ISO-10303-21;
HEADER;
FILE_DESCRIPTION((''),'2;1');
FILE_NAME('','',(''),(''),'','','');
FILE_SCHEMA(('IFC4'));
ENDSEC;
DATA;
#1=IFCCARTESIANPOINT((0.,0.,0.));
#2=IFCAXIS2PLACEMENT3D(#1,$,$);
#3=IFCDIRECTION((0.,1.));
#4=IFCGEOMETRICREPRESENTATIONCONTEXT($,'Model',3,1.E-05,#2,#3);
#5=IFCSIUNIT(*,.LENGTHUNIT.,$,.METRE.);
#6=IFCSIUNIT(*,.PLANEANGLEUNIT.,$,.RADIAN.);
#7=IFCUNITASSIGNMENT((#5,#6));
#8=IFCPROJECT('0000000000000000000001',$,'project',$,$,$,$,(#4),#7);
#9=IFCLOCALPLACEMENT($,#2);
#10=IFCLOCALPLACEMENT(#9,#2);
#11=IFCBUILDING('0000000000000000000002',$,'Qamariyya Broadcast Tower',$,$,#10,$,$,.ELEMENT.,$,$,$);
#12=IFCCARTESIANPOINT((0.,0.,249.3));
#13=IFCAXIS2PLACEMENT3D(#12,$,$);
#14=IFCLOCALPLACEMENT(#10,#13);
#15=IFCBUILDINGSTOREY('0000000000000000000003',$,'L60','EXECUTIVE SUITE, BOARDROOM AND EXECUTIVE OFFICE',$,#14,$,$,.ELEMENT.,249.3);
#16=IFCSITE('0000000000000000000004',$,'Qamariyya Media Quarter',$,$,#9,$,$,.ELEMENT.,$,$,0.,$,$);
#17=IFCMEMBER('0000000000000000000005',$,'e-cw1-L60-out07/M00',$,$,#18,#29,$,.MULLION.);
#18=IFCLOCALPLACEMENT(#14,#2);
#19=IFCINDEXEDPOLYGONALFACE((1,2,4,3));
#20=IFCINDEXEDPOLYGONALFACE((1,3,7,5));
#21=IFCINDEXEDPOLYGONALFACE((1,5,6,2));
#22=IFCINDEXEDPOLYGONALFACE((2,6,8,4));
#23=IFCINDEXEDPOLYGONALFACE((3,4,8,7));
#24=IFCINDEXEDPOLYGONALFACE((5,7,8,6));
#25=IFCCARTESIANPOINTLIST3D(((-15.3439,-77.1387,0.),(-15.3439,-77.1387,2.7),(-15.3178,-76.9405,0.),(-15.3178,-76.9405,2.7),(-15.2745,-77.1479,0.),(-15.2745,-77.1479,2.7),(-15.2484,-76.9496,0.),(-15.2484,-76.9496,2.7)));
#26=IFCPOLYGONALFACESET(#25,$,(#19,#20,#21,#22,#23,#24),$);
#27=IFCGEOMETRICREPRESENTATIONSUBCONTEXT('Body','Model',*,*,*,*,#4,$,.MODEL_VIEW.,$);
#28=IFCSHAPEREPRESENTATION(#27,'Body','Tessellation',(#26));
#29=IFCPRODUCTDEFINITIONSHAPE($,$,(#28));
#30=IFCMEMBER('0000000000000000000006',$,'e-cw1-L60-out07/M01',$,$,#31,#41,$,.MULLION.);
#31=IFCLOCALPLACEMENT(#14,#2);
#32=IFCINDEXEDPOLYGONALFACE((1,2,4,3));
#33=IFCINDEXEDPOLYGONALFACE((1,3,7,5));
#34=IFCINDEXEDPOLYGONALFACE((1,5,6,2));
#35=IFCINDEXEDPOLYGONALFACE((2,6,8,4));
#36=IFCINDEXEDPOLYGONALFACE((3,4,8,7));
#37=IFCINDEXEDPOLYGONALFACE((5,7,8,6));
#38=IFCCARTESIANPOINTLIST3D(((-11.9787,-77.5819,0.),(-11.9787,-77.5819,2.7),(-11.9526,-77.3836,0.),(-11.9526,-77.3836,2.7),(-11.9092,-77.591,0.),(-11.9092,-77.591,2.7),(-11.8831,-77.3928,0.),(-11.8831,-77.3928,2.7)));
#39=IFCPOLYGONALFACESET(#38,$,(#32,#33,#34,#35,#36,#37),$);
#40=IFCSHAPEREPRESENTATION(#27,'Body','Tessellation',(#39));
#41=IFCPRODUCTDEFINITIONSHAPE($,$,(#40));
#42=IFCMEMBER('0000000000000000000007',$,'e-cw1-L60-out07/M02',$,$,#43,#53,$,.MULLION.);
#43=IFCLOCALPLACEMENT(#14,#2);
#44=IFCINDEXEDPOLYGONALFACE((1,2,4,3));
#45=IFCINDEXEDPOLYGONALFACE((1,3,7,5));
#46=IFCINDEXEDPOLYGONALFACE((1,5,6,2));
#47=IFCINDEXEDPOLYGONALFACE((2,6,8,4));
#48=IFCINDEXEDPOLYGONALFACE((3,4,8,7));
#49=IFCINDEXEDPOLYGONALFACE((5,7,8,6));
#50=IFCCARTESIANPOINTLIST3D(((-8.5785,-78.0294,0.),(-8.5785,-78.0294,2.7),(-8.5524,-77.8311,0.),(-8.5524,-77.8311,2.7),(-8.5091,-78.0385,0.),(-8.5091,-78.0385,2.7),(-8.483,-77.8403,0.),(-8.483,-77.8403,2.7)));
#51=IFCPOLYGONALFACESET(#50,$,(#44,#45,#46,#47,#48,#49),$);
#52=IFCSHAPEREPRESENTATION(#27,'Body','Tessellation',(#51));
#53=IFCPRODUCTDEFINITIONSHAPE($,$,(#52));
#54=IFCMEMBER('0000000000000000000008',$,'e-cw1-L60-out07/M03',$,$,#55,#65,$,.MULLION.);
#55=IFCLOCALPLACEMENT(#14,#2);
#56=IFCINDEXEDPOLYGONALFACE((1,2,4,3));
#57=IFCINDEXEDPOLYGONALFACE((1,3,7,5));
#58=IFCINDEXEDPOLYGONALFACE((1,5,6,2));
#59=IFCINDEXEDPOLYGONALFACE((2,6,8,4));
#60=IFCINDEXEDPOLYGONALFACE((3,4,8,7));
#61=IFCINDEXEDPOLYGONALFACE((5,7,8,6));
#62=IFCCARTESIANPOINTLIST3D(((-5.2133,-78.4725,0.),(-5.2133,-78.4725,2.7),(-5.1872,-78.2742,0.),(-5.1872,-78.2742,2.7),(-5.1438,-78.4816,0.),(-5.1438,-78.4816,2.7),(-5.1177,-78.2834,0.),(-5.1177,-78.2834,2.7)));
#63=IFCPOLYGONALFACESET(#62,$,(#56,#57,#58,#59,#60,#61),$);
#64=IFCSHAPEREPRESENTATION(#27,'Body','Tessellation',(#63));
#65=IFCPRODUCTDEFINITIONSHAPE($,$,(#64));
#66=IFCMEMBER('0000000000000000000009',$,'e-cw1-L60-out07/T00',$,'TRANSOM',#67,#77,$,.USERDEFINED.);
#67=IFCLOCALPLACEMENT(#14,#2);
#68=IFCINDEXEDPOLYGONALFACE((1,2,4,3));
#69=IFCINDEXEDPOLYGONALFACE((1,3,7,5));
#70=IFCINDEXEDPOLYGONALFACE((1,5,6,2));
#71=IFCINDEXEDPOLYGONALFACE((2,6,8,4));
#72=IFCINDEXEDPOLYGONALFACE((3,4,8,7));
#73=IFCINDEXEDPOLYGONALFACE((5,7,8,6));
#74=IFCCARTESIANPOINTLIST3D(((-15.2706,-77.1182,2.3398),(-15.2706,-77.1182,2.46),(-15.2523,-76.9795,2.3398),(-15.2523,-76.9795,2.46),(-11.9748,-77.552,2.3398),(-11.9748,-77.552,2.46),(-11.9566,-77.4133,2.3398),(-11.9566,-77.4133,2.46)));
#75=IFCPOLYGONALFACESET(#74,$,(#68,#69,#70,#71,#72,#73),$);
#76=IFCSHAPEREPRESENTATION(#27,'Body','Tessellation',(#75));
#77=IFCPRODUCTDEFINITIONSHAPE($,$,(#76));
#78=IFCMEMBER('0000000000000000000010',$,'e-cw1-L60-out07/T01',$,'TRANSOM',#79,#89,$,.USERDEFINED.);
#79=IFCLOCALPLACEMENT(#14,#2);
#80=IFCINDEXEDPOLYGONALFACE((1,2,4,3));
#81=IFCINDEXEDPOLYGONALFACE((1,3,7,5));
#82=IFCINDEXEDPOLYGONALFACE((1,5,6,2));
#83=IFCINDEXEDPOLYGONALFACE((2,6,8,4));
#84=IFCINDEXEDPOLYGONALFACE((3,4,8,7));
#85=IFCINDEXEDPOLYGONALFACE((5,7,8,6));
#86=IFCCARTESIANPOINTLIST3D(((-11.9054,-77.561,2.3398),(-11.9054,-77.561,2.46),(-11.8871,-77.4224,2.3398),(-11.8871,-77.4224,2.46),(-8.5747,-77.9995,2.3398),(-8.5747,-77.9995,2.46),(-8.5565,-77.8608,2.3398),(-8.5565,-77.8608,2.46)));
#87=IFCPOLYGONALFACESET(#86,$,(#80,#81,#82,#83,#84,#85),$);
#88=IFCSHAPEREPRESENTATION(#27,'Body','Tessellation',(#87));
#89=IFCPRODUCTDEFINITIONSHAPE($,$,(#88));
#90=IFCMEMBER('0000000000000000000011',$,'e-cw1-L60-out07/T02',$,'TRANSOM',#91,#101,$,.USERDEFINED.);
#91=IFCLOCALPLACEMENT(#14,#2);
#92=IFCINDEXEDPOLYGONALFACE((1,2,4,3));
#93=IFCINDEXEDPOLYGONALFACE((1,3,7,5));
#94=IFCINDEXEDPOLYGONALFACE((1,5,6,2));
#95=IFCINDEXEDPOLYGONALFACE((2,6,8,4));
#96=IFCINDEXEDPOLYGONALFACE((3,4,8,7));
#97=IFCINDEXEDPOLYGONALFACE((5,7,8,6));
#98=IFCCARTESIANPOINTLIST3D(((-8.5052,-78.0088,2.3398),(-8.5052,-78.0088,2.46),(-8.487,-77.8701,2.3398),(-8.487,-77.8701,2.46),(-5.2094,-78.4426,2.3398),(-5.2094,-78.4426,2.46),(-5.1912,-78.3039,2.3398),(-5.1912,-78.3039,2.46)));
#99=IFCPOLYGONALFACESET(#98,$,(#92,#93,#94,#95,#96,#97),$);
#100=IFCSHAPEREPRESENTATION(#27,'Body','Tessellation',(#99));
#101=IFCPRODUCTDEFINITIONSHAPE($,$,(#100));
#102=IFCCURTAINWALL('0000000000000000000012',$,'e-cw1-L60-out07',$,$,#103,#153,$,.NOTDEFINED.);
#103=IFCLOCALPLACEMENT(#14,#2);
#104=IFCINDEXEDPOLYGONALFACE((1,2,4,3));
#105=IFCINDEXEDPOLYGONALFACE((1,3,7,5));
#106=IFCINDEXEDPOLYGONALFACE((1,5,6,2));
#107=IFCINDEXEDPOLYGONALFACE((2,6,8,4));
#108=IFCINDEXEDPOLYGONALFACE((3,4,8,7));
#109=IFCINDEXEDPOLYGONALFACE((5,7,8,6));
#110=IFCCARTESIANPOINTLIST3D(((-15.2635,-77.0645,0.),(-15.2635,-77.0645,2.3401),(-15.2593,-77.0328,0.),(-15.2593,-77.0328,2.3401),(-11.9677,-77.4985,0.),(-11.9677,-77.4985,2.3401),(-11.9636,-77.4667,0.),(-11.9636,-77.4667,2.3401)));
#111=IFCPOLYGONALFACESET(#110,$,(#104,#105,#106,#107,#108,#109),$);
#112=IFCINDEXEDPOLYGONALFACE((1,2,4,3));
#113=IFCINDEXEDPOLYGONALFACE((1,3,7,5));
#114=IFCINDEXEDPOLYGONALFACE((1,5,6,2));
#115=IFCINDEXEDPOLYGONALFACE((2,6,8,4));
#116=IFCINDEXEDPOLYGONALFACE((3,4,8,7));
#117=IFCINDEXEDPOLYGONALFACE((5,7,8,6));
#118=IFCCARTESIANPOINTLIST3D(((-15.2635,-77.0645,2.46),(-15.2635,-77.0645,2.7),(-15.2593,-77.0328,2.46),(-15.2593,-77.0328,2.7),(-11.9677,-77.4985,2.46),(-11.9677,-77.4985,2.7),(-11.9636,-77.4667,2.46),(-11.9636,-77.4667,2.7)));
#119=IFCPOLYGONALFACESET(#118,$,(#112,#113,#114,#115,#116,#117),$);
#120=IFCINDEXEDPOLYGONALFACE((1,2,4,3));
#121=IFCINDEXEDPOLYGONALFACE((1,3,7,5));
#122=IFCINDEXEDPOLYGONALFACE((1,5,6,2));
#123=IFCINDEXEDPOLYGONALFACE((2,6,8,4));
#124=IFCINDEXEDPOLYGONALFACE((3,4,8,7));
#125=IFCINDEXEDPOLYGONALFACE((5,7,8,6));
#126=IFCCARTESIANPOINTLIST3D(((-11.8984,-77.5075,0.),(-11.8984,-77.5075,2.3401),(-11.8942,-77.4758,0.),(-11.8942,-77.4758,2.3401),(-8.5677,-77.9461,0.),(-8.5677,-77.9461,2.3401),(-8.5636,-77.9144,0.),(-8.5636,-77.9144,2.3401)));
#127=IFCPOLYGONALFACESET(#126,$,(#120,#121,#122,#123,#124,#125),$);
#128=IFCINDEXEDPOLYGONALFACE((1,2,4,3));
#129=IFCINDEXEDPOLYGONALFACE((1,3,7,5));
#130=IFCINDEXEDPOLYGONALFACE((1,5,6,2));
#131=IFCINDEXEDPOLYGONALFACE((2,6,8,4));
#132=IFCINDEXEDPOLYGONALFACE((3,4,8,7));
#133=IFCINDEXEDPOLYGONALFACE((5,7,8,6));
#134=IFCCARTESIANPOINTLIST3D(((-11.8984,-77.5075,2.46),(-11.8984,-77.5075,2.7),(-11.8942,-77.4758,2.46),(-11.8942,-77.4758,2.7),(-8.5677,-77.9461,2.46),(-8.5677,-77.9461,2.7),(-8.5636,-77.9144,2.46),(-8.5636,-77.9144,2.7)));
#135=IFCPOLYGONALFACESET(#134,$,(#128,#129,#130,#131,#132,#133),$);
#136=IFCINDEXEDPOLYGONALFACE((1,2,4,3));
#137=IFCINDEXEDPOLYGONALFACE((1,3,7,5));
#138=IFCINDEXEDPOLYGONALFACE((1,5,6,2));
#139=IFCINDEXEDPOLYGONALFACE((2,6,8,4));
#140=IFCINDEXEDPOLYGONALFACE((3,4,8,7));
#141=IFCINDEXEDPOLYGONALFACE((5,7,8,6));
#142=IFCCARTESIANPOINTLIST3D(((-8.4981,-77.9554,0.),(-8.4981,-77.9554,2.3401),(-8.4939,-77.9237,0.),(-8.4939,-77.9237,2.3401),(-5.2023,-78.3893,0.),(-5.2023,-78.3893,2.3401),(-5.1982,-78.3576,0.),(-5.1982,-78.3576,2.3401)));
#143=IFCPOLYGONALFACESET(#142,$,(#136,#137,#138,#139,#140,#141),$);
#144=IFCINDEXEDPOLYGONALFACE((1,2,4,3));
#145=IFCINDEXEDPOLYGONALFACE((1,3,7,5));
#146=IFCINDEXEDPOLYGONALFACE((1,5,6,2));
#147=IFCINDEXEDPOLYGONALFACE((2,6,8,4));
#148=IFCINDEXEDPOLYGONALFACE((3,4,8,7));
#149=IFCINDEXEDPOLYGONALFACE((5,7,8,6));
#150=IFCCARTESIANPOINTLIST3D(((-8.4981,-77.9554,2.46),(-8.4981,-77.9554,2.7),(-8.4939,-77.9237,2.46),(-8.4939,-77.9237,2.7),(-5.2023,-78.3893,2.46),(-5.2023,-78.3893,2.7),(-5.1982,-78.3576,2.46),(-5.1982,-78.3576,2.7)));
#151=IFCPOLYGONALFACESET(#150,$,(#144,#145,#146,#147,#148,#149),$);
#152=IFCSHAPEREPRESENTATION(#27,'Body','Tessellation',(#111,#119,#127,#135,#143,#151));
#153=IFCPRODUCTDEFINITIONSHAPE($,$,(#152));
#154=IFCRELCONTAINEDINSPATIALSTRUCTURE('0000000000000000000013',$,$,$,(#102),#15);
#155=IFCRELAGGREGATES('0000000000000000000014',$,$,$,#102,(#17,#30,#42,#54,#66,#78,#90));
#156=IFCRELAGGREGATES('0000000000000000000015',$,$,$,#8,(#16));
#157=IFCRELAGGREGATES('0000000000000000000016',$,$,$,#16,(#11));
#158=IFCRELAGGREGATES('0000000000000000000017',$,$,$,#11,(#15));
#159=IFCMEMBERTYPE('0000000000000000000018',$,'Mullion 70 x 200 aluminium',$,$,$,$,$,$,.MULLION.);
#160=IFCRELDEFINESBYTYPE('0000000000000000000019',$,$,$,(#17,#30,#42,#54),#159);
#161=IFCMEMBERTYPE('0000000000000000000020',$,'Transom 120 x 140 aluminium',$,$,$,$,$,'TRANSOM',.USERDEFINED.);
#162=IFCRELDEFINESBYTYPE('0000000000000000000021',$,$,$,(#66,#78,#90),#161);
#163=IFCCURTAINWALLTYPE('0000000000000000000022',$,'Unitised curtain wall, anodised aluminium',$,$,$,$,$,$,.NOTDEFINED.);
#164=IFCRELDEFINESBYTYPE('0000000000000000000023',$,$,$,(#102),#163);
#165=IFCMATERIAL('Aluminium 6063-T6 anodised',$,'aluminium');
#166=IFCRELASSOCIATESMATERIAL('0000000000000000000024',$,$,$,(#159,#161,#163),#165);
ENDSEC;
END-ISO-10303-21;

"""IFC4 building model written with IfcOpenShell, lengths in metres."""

from ifc_helpers import new_model, si_unit, direction, frame, origin, origin_2d, place, context, subcontext, project, spatial, rectangle, extrude, material, material_profile, profile_set, type_object, element, aggregate, save


model = new_model("IFC4")

# Units and contexts
model_context = context("Model", 3, precision=1e-05, world=origin(), true_north=direction((0.0, 1.0)))
body_context = subcontext(model_context, "Body", "Model", "MODEL_VIEW")
ifc_project = project(units=[si_unit("LENGTHUNIT", "METRE"), si_unit("PLANEANGLEUNIT", "RADIAN")], contexts=[model_context])

# Members
ifc_material = material(Name="Aluminium 6063-T6 anodised", Category="aluminium")
ifc_material_profile_1 = material_profile(ifc_material, rectangle(XDim=0.2, YDim=0.0701, at=origin_2d()))
ifc_profile_set_1 = profile_set([ifc_material_profile_1], Name="Aluminium 6063-T6 anodised")
member_type_1 = type_object("IfcMemberType", Name="Mullion 70 x 200 aluminium", PredefinedType="MULLION", material=ifc_profile_set_1)
site_placement = place(None, origin())
building_placement = place(site_placement, origin())
storey_placement = place(building_placement, frame((0.0, 0.0, 249.3)))
member_1_placement = place(storey_placement, frame((-15.2961, -77.0442, 0.0), z_axis=(0.0, 0.0, 1.0), x_axis=(0.130526, 0.991445, 0.0)))
member_1 = element("IfcMember", 1, at=member_1_placement, type_object=member_type_1, Name="e-cw1-L60-out07/M00", PredefinedType="MULLION", context=body_context, shape_type="SweptSolid", body=[
    extrude(rectangle(XDim=0.2, YDim=0.0701, at=origin_2d()), origin(), (0.0, 0.0, 1.0), 2.7),
])
member_2_placement = place(storey_placement, frame((-11.9309, -77.4873, 0.0), z_axis=(0.0, 0.0, 1.0), x_axis=(0.130526, 0.991445, 0.0)))
member_2 = element("IfcMember", 2, at=member_2_placement, type_object=member_type_1, Name="e-cw1-L60-out07/M01", PredefinedType="MULLION", context=body_context, shape_type="SweptSolid", body=[
    extrude(rectangle(XDim=0.2, YDim=0.0701, at=origin_2d()), origin(), (0.0, 0.0, 1.0), 2.7),
])
member_3_placement = place(storey_placement, frame((-8.5308, -77.9348, 0.0), z_axis=(0.0, 0.0, 1.0), x_axis=(0.130526, 0.991445, 0.0)))
member_3 = element("IfcMember", 3, at=member_3_placement, type_object=member_type_1, Name="e-cw1-L60-out07/M02", PredefinedType="MULLION", context=body_context, shape_type="SweptSolid", body=[
    extrude(rectangle(XDim=0.2, YDim=0.0701, at=origin_2d()), origin(), (0.0, 0.0, 1.0), 2.7),
])
member_4_placement = place(storey_placement, frame((-5.1655, -78.3779, 0.0), z_axis=(0.0, 0.0, 1.0), x_axis=(0.130526, 0.991445, 0.0)))
member_4 = element("IfcMember", 4, at=member_4_placement, type_object=member_type_1, Name="e-cw1-L60-out07/M03", PredefinedType="MULLION", context=body_context, shape_type="SweptSolid", body=[
    extrude(rectangle(XDim=0.2, YDim=0.0701, at=origin_2d()), origin(), (0.0, 0.0, 1.0), 2.7),
])
ifc_material_profile_2 = material_profile(ifc_material, rectangle(XDim=0.1399, YDim=0.1201, at=origin_2d()))
ifc_profile_set_2 = profile_set([ifc_material_profile_2], Name="Aluminium 6063-T6 anodised")
member_type_2 = type_object("IfcMemberType", Name="Transom 120 x 140 aluminium", ElementType="TRANSOM", PredefinedType="USERDEFINED", material=ifc_profile_set_2)
member_5_placement = place(storey_placement, frame((-15.2615, -77.0488, 2.3999), z_axis=(0.991448, -0.130504, 0.0), x_axis=(0.130504, 0.991448, 0.0)))
member_5 = element("IfcMember", 5, at=member_5_placement, type_object=member_type_2, Name="e-cw1-L60-out07/T00", ObjectType="TRANSOM", PredefinedType="USERDEFINED", context=body_context, shape_type="SweptSolid", body=[
    extrude(rectangle(XDim=0.1399, YDim=0.1201, at=origin_2d()), origin(), (0.0, 0.0, 1.0), 3.3242),
])
member_6_placement = place(storey_placement, frame((-11.8962, -77.4917, 2.3999), z_axis=(0.991445, -0.130526, 0.0), x_axis=(0.130526, 0.991445, 0.0)))
member_6 = element("IfcMember", 6, at=member_6_placement, type_object=member_type_2, Name="e-cw1-L60-out07/T01", ObjectType="TRANSOM", PredefinedType="USERDEFINED", context=body_context, shape_type="SweptSolid", body=[
    extrude(rectangle(XDim=0.1399, YDim=0.1201, at=origin_2d()), origin(), (0.0, 0.0, 1.0), 3.3594),
])
member_7_placement = place(storey_placement, frame((-8.4961, -77.9395, 2.3999), z_axis=(0.991448, -0.130504, 0.0), x_axis=(0.130504, 0.991448, 0.0)))
member_7 = element("IfcMember", 7, at=member_7_placement, type_object=member_type_2, Name="e-cw1-L60-out07/T02", ObjectType="TRANSOM", PredefinedType="USERDEFINED", context=body_context, shape_type="SweptSolid", body=[
    extrude(rectangle(XDim=0.1399, YDim=0.1201, at=origin_2d()), origin(), (0.0, 0.0, 1.0), 3.3242),
])

# Site, building, storey
site = spatial("IfcSite", under=ifc_project, at=site_placement, Name="Qamariyya Media Quarter", CompositionType="ELEMENT", RefElevation=0.0)
building = spatial("IfcBuilding", under=site, at=building_placement, Name="Qamariyya Broadcast Tower", CompositionType="ELEMENT")
storey = spatial("IfcBuildingStorey", under=building, at=storey_placement, Name="L60", Description="EXECUTIVE SUITE, BOARDROOM AND EXECUTIVE OFFICE", CompositionType="ELEMENT", Elevation=249.3)

# Curtain wall
curtain_wall_type = type_object("IfcCurtainWallType", Name="Unitised curtain wall, anodised aluminium", PredefinedType="NOTDEFINED", material=ifc_material)
curtain_wall_1_placement = place(storey_placement, origin())
curtain_wall_1 = element("IfcCurtainWall", 8, at=curtain_wall_1_placement, inside=storey, type_object=curtain_wall_type, Name="e-cw1-L60-out07", PredefinedType="NOTDEFINED", context=body_context, shape_type="SweptSolid", body=[
    extrude(rectangle(XDim=3.3242, YDim=0.032, at=origin_2d()), frame((-13.6135, -77.2656, 0.0), x_axis=(0.991443, -0.130542, 0.0)), (0.0, 0.0, 1.0), 2.3401),
    extrude(rectangle(XDim=3.3242, YDim=0.032, at=origin_2d()), frame((-13.6135, -77.2656, 2.46), x_axis=(0.991443, -0.130542, 0.0)), (0.0, 0.0, 1.0), 0.24),
    extrude(rectangle(XDim=3.3594, YDim=0.032, at=origin_2d()), frame((-10.231, -77.7109, 0.0), x_axis=(0.991443, -0.130542, 0.0)), (0.0, 0.0, 1.0), 2.3401),
    extrude(rectangle(XDim=3.3594, YDim=0.032, at=origin_2d()), frame((-10.231, -77.7109, 2.46), x_axis=(0.991443, -0.130542, 0.0)), (0.0, 0.0, 1.0), 0.24),
    extrude(rectangle(XDim=3.3242, YDim=0.032, at=origin_2d()), frame((-6.8481, -78.1565, 0.0), x_axis=(0.991443, -0.130542, 0.0)), (0.0, 0.0, 1.0), 2.3401),
    extrude(rectangle(XDim=3.3242, YDim=0.032, at=origin_2d()), frame((-6.8481, -78.1565, 2.46), x_axis=(0.991443, -0.130542, 0.0)), (0.0, 0.0, 1.0), 0.24),
])
aggregate(curtain_wall_1, [member_1, member_2, member_3, member_4, member_5, member_6, member_7])

save(model, "model.ifc")
